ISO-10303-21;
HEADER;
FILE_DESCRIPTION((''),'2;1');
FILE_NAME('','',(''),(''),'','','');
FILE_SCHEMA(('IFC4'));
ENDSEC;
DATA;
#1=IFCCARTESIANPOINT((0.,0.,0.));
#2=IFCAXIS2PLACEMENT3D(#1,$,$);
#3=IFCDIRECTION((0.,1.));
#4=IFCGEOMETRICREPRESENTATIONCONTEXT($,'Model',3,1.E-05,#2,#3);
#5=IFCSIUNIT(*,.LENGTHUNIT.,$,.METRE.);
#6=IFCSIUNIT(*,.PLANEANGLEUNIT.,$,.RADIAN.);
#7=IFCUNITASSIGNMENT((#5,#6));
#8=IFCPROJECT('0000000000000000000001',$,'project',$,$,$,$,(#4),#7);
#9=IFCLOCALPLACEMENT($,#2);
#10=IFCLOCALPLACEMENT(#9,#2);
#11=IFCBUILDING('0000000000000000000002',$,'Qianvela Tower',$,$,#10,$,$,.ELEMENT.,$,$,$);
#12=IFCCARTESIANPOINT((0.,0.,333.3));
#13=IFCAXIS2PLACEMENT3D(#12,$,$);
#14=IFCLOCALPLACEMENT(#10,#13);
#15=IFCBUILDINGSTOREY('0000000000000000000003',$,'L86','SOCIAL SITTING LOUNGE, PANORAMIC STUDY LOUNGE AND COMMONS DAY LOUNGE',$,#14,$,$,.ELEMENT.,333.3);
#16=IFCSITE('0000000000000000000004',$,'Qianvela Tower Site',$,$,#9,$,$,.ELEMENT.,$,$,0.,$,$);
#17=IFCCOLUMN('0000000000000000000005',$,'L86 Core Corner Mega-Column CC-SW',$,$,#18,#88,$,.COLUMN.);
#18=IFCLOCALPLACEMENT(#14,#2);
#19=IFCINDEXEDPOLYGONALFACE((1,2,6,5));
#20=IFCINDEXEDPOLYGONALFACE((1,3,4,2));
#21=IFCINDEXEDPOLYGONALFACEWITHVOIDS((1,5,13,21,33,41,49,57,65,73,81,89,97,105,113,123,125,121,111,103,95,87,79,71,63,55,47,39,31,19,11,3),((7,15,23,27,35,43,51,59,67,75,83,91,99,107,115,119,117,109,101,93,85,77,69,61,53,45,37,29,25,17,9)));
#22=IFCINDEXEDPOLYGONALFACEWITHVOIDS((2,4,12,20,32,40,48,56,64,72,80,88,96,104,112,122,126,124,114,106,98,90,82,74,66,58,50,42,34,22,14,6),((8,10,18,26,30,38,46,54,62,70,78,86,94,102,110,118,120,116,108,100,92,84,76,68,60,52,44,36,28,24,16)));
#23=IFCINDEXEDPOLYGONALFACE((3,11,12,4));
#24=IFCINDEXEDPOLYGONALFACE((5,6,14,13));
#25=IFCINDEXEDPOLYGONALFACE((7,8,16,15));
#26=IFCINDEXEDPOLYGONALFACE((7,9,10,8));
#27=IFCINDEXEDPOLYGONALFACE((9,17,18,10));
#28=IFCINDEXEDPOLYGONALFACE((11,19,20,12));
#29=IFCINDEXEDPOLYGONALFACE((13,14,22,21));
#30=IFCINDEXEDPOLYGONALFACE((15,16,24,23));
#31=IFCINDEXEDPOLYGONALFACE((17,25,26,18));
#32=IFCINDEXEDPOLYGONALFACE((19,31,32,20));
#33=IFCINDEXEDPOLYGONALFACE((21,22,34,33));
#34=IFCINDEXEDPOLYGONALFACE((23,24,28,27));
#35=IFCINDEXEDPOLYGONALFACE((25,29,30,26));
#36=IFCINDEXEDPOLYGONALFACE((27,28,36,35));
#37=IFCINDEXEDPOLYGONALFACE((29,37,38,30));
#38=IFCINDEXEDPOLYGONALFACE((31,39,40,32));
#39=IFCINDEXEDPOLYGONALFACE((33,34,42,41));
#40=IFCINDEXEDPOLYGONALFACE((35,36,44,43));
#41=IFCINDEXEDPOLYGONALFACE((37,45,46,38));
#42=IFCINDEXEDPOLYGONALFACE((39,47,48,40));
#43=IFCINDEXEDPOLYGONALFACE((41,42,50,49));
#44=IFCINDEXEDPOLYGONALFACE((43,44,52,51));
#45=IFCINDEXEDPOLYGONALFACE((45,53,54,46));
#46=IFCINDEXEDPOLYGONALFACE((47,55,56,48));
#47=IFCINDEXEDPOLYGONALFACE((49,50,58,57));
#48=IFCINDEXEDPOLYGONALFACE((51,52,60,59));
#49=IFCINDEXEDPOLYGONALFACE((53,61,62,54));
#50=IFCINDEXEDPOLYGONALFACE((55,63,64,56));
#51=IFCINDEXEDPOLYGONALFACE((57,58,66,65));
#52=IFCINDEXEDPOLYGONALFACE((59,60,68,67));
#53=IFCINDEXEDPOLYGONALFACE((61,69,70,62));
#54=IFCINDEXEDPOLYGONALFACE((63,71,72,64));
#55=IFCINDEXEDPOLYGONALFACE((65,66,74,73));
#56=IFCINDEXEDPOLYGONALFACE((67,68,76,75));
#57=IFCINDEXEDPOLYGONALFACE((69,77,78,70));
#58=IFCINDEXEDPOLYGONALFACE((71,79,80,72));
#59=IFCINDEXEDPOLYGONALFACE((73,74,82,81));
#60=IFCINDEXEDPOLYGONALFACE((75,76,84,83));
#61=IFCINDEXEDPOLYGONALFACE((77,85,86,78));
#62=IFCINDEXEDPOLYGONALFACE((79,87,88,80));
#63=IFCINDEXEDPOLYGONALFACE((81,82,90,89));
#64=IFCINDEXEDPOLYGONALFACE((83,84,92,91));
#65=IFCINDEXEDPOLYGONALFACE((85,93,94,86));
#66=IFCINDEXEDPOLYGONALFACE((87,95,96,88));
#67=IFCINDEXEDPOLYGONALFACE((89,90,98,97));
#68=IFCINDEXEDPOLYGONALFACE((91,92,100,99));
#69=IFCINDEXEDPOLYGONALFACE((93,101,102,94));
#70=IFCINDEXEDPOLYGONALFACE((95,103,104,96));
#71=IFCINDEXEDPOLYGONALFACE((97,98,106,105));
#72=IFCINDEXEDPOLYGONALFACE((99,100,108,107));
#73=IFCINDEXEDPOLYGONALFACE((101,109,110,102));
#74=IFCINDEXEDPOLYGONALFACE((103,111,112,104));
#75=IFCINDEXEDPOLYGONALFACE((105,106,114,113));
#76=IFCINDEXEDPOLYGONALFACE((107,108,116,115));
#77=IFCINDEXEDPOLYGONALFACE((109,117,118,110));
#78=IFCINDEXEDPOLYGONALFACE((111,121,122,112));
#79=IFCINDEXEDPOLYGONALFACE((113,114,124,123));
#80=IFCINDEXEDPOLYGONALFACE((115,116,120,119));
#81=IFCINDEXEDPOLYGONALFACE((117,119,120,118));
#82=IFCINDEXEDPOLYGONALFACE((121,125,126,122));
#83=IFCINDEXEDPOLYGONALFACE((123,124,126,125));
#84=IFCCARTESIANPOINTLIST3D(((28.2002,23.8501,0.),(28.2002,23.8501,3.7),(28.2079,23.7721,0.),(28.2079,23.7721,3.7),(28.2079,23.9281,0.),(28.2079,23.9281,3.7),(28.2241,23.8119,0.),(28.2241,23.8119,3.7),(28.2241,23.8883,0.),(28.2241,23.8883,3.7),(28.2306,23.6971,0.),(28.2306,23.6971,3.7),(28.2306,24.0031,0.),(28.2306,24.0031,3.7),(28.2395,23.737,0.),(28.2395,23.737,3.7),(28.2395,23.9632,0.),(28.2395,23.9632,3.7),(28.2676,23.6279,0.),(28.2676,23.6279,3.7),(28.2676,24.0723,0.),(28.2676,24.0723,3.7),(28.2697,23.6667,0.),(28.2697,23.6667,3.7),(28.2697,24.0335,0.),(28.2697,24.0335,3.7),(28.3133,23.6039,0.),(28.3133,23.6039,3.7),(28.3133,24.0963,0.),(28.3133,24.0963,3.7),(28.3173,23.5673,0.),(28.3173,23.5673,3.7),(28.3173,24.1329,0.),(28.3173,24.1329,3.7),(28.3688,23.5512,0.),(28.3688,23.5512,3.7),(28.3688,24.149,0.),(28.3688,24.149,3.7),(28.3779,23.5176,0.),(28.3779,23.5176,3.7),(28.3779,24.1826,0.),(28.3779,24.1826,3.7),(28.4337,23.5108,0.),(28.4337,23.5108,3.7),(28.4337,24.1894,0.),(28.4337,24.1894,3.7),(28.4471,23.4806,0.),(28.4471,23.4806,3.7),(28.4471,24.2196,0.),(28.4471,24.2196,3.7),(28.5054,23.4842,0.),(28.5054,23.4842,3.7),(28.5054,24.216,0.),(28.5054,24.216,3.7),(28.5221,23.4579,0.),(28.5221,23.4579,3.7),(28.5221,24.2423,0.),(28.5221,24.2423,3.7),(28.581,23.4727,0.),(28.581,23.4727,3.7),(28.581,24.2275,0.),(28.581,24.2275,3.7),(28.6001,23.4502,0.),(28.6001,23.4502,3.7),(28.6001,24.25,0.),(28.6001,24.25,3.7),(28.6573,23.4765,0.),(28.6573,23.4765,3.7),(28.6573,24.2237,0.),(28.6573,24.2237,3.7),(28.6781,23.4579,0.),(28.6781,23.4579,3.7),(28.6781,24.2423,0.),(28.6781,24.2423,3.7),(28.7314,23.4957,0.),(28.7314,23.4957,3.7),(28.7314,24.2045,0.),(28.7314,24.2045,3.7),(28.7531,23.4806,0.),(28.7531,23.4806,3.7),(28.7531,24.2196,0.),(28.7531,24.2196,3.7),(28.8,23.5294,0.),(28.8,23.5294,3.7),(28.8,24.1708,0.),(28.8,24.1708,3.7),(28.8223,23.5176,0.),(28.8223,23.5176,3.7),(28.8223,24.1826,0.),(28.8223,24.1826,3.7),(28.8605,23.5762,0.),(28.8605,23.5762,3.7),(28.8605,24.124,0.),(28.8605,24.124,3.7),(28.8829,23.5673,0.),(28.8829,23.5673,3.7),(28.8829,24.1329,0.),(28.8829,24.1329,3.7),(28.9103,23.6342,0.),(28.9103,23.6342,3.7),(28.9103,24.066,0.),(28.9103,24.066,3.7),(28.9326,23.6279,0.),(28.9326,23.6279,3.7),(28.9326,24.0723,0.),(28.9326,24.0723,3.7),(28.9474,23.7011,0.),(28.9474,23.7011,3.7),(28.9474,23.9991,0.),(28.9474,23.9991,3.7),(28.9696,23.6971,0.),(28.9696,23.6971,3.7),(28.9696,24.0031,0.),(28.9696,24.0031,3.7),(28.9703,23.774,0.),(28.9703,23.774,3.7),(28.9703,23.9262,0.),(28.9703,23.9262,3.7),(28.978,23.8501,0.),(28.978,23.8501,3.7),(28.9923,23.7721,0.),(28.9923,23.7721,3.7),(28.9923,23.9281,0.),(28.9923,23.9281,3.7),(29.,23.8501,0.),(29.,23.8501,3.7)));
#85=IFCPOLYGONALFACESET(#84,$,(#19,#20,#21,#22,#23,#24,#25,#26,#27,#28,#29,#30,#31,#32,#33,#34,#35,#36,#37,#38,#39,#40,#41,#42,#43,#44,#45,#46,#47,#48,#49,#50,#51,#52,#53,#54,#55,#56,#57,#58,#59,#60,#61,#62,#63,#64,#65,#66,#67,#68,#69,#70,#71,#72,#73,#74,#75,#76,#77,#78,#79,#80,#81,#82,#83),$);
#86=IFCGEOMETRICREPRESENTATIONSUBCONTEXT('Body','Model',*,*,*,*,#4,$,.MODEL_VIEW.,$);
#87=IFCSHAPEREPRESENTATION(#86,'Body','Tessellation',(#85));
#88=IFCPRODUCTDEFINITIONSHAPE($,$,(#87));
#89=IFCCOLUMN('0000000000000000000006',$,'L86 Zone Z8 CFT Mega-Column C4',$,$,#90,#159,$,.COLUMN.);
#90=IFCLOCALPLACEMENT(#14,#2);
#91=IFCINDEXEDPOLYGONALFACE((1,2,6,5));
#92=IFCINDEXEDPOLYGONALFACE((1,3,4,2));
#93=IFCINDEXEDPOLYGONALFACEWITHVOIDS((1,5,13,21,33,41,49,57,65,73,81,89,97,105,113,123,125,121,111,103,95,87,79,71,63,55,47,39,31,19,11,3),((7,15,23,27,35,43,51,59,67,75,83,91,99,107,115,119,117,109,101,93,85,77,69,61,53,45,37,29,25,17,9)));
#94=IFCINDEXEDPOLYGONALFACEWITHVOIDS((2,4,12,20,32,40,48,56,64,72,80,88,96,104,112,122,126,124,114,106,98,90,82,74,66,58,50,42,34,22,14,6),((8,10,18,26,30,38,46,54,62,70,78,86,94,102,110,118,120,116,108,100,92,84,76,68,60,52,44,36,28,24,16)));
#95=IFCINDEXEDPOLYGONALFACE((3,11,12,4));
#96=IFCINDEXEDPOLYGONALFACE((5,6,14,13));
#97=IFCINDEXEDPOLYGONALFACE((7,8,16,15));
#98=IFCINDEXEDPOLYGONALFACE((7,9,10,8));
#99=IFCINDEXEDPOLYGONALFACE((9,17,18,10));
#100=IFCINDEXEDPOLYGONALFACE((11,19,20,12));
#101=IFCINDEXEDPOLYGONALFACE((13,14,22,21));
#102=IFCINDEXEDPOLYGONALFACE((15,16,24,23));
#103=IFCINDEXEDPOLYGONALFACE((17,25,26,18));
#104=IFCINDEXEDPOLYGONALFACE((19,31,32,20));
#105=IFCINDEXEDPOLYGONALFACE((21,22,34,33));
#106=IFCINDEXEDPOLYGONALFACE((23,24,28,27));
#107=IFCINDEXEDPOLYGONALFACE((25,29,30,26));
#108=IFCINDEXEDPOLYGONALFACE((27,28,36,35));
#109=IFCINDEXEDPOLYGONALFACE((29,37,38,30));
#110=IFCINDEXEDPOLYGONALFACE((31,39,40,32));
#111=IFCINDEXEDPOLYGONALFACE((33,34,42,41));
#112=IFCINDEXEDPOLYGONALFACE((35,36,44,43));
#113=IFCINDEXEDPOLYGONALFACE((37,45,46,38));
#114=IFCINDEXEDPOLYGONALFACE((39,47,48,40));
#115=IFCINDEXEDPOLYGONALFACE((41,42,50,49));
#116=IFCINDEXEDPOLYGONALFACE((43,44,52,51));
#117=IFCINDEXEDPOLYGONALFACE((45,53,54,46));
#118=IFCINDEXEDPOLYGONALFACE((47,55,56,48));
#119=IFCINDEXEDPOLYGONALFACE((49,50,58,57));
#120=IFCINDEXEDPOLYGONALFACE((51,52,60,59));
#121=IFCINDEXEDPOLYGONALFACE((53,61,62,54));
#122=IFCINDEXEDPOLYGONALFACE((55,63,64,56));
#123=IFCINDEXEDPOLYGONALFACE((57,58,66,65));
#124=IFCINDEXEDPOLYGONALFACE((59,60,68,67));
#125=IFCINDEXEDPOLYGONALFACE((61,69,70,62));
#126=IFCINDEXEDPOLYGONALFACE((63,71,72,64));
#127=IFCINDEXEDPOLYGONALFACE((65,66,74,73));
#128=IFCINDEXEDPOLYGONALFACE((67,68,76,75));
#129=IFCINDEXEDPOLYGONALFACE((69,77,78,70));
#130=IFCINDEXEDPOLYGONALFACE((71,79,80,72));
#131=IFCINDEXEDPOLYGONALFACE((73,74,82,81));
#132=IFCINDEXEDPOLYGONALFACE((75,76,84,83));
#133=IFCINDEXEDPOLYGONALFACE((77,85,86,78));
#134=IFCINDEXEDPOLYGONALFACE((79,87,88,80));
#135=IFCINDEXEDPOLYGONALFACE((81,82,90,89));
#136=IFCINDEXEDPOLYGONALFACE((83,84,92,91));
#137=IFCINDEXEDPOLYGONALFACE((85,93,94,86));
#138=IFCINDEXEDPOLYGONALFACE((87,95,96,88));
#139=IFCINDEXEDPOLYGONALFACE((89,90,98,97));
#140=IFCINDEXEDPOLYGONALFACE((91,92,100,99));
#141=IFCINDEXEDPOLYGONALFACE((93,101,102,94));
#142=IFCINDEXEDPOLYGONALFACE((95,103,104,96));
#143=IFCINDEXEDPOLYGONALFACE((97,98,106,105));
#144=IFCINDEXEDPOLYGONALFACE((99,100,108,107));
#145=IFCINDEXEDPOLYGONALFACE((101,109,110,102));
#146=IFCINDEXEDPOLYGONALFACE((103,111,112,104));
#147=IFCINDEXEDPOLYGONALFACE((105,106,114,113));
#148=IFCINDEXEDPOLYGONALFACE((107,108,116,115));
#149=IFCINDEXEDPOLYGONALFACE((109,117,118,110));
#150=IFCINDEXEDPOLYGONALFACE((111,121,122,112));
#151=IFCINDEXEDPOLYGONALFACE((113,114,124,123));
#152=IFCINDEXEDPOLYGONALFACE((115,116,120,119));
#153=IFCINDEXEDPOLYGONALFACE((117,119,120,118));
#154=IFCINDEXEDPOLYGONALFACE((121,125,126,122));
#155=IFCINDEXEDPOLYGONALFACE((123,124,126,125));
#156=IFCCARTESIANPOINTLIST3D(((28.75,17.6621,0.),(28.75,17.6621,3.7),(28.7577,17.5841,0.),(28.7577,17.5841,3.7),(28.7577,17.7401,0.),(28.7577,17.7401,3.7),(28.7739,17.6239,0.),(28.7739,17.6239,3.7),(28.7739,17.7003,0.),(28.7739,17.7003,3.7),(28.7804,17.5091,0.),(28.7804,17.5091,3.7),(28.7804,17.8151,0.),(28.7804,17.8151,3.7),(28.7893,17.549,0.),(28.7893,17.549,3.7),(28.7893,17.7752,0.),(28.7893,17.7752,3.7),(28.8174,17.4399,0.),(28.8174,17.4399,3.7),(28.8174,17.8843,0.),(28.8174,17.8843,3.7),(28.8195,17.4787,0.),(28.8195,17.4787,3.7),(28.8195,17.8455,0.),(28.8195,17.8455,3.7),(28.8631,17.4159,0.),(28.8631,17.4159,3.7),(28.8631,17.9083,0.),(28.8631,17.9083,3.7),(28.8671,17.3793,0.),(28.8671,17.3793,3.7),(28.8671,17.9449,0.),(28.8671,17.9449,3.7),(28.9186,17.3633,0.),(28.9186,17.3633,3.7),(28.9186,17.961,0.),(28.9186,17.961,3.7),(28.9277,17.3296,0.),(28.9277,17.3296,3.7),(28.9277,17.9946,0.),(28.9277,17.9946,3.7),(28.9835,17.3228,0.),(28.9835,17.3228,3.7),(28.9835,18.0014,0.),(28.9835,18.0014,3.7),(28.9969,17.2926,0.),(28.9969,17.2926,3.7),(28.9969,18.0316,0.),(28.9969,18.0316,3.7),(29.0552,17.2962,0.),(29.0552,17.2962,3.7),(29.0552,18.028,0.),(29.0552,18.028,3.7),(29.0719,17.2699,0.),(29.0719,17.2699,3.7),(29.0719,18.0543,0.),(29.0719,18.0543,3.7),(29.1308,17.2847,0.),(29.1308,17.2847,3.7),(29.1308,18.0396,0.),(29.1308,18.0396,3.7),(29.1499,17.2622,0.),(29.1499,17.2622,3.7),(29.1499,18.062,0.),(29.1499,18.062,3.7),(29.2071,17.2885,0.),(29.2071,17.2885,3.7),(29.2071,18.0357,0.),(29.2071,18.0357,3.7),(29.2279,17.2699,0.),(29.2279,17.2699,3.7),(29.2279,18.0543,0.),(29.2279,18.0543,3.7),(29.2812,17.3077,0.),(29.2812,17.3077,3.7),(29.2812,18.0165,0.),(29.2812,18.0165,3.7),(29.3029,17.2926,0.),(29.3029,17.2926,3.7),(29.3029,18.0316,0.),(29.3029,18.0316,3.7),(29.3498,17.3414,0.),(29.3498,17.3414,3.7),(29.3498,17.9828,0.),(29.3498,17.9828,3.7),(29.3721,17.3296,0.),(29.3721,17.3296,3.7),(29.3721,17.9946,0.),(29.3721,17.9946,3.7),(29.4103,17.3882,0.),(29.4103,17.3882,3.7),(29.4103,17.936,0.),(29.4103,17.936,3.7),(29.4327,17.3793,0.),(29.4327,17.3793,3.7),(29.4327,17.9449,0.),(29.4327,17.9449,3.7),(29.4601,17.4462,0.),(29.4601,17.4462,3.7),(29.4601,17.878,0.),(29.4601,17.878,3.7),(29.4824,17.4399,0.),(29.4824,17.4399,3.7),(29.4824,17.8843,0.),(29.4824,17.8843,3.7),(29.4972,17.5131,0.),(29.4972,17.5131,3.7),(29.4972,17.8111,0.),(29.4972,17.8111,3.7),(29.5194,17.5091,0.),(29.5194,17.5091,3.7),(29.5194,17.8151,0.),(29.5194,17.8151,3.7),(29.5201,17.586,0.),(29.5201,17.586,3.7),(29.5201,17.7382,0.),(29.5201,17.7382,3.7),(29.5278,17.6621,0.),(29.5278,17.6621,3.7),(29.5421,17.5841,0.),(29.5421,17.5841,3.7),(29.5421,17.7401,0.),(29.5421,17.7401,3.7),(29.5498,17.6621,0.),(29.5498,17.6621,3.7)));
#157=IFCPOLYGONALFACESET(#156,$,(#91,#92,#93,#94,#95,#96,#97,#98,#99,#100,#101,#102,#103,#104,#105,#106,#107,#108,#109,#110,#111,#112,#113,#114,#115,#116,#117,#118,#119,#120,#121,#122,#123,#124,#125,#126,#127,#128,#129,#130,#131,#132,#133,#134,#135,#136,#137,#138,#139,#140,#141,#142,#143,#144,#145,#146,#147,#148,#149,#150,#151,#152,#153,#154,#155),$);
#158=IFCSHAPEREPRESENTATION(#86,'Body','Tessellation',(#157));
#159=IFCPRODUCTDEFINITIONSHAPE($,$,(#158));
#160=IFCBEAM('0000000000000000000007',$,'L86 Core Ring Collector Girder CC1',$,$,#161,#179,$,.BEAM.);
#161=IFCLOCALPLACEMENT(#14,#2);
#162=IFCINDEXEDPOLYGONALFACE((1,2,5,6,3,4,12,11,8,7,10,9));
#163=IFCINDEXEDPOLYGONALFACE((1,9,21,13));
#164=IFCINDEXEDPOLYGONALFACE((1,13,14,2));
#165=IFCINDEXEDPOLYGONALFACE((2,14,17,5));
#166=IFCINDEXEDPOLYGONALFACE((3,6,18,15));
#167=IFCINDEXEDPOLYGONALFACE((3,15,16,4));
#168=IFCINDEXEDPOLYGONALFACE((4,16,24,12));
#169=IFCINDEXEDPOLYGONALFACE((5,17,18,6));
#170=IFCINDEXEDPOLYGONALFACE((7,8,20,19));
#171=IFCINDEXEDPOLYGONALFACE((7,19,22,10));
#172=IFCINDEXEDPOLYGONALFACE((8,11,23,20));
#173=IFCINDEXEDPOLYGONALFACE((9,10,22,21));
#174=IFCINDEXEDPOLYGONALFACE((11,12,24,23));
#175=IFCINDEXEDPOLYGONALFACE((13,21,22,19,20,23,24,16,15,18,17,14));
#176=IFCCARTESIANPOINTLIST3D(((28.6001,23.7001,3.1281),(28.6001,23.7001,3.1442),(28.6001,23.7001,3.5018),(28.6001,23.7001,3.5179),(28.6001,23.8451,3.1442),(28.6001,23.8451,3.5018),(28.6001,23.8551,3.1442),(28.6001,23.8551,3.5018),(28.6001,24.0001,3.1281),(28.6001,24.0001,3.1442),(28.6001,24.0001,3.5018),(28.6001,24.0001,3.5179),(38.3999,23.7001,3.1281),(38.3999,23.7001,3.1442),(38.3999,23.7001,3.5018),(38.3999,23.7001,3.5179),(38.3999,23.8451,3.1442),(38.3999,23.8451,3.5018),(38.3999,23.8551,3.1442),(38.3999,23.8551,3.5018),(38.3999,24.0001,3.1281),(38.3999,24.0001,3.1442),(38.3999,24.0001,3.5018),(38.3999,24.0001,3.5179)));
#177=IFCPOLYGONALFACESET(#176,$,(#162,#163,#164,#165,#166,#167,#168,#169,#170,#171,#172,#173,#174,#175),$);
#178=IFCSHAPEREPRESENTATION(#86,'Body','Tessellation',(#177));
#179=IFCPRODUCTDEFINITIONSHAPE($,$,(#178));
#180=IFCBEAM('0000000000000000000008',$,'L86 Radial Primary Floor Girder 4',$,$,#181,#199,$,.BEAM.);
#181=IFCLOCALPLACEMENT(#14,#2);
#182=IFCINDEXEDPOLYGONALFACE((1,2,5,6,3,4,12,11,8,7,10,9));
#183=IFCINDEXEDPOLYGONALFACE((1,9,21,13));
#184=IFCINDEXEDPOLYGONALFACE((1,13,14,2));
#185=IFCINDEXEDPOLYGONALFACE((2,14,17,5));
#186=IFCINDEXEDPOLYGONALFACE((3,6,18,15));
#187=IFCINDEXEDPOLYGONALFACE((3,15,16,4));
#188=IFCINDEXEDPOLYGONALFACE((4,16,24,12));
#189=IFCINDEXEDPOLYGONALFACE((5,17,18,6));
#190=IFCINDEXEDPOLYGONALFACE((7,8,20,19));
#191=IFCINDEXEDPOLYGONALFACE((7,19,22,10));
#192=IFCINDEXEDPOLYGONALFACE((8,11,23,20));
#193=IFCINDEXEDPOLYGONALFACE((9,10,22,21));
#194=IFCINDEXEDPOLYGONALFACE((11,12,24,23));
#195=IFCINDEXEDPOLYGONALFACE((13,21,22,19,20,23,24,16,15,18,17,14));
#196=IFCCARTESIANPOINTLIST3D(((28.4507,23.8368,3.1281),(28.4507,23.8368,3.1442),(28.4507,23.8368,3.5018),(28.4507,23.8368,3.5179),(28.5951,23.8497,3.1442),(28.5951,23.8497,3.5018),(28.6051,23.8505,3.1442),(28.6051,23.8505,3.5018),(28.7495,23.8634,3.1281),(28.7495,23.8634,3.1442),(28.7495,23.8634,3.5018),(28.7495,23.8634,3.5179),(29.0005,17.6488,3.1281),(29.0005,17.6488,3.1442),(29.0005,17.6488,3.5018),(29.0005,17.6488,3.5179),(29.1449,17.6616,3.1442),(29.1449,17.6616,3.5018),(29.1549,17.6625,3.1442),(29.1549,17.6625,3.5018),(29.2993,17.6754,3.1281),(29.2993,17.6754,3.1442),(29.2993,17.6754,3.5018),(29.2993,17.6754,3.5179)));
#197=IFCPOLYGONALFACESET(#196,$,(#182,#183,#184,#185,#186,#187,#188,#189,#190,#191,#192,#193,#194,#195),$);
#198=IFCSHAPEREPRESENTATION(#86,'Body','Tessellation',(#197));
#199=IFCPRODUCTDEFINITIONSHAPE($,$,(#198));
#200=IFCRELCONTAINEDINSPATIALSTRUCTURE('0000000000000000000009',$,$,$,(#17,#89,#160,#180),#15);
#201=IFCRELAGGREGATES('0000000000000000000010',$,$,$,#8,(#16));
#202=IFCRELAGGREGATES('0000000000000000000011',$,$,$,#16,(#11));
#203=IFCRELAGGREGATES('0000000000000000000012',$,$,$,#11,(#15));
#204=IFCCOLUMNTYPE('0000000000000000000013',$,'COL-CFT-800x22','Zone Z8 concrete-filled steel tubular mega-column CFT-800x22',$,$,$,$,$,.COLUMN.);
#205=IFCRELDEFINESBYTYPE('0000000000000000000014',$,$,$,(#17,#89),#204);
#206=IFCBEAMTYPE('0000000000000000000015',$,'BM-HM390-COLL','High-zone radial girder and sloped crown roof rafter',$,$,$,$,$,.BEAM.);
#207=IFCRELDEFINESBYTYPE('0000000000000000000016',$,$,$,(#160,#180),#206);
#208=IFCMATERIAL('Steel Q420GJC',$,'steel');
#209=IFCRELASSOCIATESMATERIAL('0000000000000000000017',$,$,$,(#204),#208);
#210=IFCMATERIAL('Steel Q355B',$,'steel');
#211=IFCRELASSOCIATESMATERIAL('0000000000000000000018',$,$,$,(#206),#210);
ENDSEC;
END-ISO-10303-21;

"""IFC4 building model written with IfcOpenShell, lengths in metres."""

from ifc_helpers import new_model, si_unit, direction, frame, origin, origin_2d, place, context, subcontext, project, spatial, hollow_circle, i_section, extrude, material, material_profile, profile_set, type_object, element, save


model = new_model("IFC4")

# Units and contexts
model_context = context("Model", 3, precision=1e-05, world=origin(), true_north=direction((0.0, 1.0)))
body_context = subcontext(model_context, "Body", "Model", "MODEL_VIEW")
ifc_project = project(units=[si_unit("LENGTHUNIT", "METRE"), si_unit("PLANEANGLEUNIT", "RADIAN")], contexts=[model_context])

# Site, building, storey
site_placement = place(None, origin())
site = spatial("IfcSite", under=ifc_project, at=site_placement, Name="Qianvela Tower Site", CompositionType="ELEMENT", RefElevation=0.0)
building_placement = place(site_placement, origin())
building = spatial("IfcBuilding", under=site, at=building_placement, Name="Qianvela Tower", CompositionType="ELEMENT")
storey_placement = place(building_placement, frame((0.0, 0.0, 333.3)))
storey = spatial("IfcBuildingStorey", under=building, at=storey_placement, Name="L86", Description="SOCIAL SITTING LOUNGE, PANORAMIC STUDY LOUNGE AND COMMONS DAY LOUNGE", CompositionType="ELEMENT", Elevation=333.3)

# Columns
ifc_material_1 = material(Name="Steel Q420GJC", Category="steel")
ifc_material_profile_1 = material_profile(ifc_material_1, hollow_circle(Radius=0.3999, WallThickness=0.022, at=origin_2d()), Name="CFT-800x22")
ifc_profile_set_1 = profile_set([ifc_material_profile_1], Name="Steel Q420GJC")
column_type = type_object("IfcColumnType", Name="COL-CFT-800x22", Description="Zone Z8 concrete-filled steel tubular mega-column CFT-800x22", PredefinedType="COLUMN", material=ifc_profile_set_1)
for number, where, z_axis, x_axis, name in (
    (1, (28.6001, 23.8501, 0.0), (0.0, 0.0, 1.0), (1.0, 0.0, 0.0), "L86 Core Corner Mega-Column CC-SW"),
    (2, (29.1499, 17.6621, 0.0), (0.0, 0.0, 1.0), (1.0, 0.0, 0.0), "L86 Zone Z8 CFT Mega-Column C4"),
):
    element("IfcColumn", number, at=place(storey_placement, frame(where, z_axis=z_axis, x_axis=x_axis)), inside=storey, type_object=column_type, Name=name, PredefinedType="COLUMN", context=body_context, shape_type="SweptSolid", body=[
        extrude(hollow_circle(Radius=0.3999, WallThickness=0.022, at=origin_2d()), origin(), (0.0, 0.0, 1.0), 3.7),
    ])

# Beams
ifc_material_2 = material(Name="Steel Q355B", Category="steel")
ifc_material_profile_2 = material_profile(ifc_material_2, i_section(OverallWidth=0.3, OverallDepth=0.3899, WebThickness=0.01, FlangeThickness=0.0161, at=origin_2d()), Name="HM390x300x10x16")
ifc_profile_set_2 = profile_set([ifc_material_profile_2], Name="Steel Q355B")
beam_type_1 = type_object("IfcBeamType", Name="BM-HM390-COLL", Description="High-zone radial girder and sloped crown roof rafter", PredefinedType="BEAM", material=ifc_profile_set_2)
beam_1_placement = place(storey_placement, frame((28.6001, 23.8501, 3.323), z_axis=(1.0, 0.0, 0.0), x_axis=(0.0, 1.0, 0.0)))
element("IfcBeam", 3, at=beam_1_placement, inside=storey, type_object=beam_type_1, Name="L86 Core Ring Collector Girder CC1", PredefinedType="BEAM", context=body_context, shape_type="SweptSolid", body=[
    extrude(i_section(OverallWidth=0.3, OverallDepth=0.3899, WebThickness=0.01, FlangeThickness=0.0161, at=origin_2d()), origin(), (0.0, 0.0, 1.0), 9.7998),
])
beam_2_placement = place(storey_placement, frame((28.6001, 23.8501, 3.323), z_axis=(0.088502, -0.996076, 0.0), x_axis=(0.996076, 0.088502, 0.0)))
element("IfcBeam", 4, at=beam_2_placement, inside=storey, type_object=beam_type_1, Name="L86 Radial Primary Floor Girder 4", PredefinedType="BEAM", context=body_context, shape_type="SweptSolid", body=[
    extrude(i_section(OverallWidth=0.3, OverallDepth=0.3899, WebThickness=0.01, FlangeThickness=0.0161, at=origin_2d()), origin(), (0.0, 0.0, 1.0), 6.2124),
])

save(model, "model.ifc")
